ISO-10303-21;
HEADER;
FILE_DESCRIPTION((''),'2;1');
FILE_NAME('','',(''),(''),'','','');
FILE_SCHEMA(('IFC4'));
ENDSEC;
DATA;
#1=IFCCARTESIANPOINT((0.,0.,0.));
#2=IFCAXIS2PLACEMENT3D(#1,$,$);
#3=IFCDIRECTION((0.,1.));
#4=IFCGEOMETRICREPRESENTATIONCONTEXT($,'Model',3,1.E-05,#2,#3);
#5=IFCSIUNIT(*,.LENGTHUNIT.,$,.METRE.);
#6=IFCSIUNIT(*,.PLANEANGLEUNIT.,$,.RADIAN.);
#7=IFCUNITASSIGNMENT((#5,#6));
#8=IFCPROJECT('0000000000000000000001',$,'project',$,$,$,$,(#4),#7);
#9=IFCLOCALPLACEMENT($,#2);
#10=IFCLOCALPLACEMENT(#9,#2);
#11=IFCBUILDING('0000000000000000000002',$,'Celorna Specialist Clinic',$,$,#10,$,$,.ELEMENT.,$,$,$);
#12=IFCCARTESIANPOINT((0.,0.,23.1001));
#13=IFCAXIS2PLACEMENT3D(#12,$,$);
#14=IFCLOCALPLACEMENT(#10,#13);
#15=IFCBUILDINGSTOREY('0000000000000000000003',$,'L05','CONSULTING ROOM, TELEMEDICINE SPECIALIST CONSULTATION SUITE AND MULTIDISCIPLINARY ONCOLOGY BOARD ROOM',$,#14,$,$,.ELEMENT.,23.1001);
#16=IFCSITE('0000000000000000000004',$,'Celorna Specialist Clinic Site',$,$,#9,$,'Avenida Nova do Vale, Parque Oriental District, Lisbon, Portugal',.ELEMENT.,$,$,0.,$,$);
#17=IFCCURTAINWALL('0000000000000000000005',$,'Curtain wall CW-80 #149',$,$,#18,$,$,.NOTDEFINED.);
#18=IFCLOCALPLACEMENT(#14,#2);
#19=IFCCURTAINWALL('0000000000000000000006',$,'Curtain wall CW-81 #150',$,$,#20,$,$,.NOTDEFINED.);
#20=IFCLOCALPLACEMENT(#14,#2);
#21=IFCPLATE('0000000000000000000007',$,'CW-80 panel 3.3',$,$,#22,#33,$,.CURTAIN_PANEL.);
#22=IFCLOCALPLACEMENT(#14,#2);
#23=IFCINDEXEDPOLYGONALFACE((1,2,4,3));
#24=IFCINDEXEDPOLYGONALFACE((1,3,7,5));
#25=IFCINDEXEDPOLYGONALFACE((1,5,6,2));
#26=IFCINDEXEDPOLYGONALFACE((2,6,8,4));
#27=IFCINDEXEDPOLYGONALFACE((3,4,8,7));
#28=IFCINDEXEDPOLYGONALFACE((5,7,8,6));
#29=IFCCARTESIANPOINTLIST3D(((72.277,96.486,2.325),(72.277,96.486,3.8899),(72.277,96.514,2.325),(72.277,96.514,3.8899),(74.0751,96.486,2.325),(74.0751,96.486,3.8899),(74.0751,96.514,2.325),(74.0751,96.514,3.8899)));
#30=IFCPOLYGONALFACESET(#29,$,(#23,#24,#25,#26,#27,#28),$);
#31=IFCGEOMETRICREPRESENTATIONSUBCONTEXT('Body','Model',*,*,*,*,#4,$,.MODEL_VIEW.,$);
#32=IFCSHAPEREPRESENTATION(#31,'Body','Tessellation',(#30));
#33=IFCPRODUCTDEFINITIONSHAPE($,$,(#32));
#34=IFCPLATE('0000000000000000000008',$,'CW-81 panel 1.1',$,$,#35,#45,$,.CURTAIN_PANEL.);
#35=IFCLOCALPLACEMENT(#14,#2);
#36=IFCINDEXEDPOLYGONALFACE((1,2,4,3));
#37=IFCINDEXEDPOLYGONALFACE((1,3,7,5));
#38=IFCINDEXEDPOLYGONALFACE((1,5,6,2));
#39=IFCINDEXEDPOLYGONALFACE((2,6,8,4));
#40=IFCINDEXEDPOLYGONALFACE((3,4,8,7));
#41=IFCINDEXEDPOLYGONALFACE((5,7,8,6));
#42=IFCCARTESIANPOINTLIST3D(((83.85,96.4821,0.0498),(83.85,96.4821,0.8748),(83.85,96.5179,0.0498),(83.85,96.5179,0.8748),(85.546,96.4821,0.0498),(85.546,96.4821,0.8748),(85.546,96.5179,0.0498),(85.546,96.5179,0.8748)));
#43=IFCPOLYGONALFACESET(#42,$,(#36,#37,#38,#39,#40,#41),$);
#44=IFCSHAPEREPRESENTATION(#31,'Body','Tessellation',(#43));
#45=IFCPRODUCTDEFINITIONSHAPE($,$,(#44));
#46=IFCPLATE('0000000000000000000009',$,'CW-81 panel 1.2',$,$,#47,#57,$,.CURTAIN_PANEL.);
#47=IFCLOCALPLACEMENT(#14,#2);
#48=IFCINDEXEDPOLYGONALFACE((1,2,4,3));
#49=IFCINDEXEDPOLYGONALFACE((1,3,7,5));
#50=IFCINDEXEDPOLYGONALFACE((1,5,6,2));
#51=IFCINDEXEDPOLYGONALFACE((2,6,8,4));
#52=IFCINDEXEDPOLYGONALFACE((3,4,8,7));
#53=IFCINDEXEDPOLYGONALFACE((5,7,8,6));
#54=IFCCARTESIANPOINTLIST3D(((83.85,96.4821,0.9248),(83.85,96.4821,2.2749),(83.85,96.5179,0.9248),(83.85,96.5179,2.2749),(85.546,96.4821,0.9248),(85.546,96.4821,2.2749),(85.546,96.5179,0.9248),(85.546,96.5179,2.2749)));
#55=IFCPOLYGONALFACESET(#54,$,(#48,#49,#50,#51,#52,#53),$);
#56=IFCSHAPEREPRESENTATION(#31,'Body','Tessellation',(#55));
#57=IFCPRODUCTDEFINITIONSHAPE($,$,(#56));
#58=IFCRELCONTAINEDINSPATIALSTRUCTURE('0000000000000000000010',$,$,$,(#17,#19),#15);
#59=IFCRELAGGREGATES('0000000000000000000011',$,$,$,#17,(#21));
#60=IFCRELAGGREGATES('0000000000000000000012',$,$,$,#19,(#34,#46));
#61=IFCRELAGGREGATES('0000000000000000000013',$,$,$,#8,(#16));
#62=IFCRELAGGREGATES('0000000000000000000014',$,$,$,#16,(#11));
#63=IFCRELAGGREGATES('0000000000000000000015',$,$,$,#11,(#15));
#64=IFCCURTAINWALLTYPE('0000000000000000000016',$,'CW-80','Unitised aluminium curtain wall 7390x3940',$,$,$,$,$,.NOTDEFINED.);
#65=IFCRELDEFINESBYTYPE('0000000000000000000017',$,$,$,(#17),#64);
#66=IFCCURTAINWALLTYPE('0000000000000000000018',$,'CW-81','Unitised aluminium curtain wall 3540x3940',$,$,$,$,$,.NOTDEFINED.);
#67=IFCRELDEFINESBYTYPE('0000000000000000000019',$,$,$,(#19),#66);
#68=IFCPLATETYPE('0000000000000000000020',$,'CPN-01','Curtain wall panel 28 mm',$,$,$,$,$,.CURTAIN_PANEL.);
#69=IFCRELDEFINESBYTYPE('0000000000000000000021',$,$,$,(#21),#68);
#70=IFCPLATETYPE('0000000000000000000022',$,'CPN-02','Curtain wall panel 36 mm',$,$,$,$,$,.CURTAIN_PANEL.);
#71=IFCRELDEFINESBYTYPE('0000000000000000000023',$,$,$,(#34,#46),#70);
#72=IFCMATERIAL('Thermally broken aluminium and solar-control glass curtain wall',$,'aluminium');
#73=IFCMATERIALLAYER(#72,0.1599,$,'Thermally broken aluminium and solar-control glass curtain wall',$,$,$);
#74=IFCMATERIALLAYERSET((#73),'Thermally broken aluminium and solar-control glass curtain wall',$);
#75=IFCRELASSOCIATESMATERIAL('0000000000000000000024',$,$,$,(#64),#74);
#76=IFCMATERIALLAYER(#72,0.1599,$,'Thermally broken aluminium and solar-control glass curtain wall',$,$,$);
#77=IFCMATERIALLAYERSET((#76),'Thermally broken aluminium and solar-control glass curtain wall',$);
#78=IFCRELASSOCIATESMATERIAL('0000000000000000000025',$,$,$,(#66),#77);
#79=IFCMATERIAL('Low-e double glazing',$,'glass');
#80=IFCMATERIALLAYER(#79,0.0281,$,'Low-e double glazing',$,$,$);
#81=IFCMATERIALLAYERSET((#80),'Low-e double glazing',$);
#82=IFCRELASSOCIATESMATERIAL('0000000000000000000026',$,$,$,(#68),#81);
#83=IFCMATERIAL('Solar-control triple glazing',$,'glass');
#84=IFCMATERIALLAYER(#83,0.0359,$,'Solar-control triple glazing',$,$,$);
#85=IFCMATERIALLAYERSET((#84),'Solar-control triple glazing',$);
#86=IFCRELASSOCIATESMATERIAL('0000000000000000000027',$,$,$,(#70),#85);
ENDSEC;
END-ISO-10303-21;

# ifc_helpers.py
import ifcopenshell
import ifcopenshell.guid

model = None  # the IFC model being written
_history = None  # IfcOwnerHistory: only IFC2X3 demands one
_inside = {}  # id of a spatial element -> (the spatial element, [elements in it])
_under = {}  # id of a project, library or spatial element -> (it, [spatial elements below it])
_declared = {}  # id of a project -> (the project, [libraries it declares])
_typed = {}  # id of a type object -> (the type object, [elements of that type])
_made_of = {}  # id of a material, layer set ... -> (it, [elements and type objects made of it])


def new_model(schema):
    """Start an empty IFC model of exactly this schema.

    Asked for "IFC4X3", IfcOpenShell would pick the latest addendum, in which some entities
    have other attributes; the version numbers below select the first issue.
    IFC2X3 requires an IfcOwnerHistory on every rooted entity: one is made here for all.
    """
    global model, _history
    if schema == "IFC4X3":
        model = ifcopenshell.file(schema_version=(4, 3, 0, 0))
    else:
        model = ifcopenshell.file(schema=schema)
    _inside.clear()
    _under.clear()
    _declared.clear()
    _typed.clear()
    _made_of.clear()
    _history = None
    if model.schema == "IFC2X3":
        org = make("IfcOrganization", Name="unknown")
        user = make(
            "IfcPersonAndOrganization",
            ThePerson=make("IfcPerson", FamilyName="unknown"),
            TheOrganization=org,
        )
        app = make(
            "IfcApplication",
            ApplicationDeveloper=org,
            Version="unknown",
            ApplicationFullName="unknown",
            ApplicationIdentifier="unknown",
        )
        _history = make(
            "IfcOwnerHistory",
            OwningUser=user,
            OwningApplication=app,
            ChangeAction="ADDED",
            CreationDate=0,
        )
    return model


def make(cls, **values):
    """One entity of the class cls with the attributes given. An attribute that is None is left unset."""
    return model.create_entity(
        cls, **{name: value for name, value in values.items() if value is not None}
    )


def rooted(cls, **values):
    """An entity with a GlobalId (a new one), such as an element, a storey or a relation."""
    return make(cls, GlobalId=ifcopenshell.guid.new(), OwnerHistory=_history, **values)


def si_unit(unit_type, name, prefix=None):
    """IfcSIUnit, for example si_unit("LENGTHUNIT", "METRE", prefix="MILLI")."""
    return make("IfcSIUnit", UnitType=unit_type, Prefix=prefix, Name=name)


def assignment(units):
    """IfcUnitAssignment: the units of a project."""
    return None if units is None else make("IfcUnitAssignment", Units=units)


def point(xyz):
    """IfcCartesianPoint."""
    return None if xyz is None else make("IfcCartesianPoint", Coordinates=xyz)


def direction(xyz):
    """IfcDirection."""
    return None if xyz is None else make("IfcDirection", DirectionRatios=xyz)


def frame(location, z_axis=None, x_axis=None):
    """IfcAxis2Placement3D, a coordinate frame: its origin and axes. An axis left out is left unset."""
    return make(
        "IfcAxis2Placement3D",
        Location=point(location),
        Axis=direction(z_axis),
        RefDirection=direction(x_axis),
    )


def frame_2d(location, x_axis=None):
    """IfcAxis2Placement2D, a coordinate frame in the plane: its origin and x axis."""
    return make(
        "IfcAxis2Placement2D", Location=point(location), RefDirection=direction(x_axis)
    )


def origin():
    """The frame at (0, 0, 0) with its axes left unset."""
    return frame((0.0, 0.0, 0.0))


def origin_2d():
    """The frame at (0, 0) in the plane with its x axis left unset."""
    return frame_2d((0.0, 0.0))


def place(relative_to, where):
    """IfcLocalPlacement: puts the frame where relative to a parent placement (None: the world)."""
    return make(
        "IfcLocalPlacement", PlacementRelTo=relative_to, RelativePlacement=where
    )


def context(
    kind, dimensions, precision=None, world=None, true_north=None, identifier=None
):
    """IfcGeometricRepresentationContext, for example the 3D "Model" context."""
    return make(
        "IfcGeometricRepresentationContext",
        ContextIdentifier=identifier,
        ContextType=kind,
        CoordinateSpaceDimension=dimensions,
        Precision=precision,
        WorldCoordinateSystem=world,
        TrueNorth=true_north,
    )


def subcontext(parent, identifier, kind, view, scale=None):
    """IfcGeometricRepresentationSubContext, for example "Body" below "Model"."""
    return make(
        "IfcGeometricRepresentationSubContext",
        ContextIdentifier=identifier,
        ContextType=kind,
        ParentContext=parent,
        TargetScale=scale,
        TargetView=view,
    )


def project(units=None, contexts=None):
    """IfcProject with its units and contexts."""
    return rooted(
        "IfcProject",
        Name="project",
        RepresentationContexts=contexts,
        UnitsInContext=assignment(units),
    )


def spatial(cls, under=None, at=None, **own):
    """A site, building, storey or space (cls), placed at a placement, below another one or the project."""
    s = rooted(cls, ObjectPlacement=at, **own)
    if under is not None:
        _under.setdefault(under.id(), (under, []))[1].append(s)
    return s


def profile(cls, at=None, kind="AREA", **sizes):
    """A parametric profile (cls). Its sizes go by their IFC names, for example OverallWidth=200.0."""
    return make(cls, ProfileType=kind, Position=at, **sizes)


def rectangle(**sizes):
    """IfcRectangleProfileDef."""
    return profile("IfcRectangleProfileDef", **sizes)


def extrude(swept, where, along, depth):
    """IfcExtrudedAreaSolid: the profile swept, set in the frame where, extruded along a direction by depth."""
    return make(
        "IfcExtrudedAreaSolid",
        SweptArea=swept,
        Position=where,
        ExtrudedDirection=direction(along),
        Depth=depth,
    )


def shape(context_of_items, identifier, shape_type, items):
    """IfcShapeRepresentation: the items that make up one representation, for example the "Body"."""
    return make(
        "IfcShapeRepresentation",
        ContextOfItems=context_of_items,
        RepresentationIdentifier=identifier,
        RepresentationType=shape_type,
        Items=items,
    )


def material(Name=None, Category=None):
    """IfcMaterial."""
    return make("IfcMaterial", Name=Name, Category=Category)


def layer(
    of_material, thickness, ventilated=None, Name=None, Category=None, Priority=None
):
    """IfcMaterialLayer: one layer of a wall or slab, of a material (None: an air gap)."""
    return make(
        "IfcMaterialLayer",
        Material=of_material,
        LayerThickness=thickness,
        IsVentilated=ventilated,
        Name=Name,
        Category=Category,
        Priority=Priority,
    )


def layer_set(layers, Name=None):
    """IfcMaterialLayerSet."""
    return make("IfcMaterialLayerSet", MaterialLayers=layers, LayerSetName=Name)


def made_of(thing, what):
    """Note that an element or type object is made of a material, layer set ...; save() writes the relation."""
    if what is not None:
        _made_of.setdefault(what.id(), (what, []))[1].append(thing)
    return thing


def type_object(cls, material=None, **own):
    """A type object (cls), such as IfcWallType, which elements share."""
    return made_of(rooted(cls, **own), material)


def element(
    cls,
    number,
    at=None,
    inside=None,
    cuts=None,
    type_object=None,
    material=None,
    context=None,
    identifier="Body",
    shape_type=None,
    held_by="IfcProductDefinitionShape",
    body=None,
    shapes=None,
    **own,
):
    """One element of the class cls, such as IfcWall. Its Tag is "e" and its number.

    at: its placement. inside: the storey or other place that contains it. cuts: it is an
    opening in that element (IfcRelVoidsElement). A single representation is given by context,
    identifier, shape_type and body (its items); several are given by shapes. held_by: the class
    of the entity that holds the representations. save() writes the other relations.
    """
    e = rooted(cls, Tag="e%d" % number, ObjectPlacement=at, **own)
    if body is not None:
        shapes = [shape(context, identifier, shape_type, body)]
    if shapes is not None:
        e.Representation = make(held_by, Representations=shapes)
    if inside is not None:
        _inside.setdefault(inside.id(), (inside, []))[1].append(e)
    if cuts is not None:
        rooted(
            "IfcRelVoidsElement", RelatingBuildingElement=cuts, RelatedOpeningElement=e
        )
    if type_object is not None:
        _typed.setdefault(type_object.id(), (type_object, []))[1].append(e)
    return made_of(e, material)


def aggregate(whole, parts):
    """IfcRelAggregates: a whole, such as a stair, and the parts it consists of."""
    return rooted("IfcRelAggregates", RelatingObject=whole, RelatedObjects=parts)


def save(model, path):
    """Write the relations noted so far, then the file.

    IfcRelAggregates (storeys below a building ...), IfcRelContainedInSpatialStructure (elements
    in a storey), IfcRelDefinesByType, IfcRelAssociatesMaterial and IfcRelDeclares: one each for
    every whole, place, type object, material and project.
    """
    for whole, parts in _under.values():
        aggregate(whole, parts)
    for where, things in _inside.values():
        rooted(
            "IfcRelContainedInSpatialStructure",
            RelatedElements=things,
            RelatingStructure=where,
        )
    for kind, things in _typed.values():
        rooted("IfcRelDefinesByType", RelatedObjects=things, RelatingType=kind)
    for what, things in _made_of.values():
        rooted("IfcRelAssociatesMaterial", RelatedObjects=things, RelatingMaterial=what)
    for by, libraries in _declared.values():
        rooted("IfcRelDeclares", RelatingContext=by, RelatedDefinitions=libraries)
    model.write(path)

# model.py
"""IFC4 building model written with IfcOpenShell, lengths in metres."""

from ifc_helpers import new_model, si_unit, direction, frame, origin, origin_2d, place, context, subcontext, project, spatial, rectangle, extrude, material, layer, layer_set, type_object, element, aggregate, save


model = new_model("IFC4")

# Units and contexts
model_context = context("Model", 3, precision=1e-05, world=origin(), true_north=direction((0.0, 1.0)))
body_context = subcontext(model_context, "Body", "Model", "MODEL_VIEW")
ifc_project = project(units=[si_unit("LENGTHUNIT", "METRE"), si_unit("PLANEANGLEUNIT", "RADIAN")], contexts=[model_context])

# Site, building, storey
site_placement = place(None, origin())
site = spatial("IfcSite", under=ifc_project, at=site_placement, Name="Celorna Specialist Clinic Site", LongName="Avenida Nova do Vale, Parque Oriental District, Lisbon, Portugal", CompositionType="ELEMENT", RefElevation=0.0)
building_placement = place(site_placement, origin())
building = spatial("IfcBuilding", under=site, at=building_placement, Name="Celorna Specialist Clinic", CompositionType="ELEMENT")
storey_placement = place(building_placement, frame((0.0, 0.0, 23.1001)))
storey = spatial("IfcBuildingStorey", under=building, at=storey_placement, Name="L05", Description="CONSULTING ROOM, TELEMEDICINE SPECIALIST CONSULTATION SUITE AND MULTIDISCIPLINARY ONCOLOGY BOARD ROOM", CompositionType="ELEMENT", Elevation=23.1001)

# Curtain walls
ifc_material_1 = material(Name="Thermally broken aluminium and solar-control glass curtain wall", Category="aluminium")
ifc_layer_1 = layer(ifc_material_1, 0.1599, Name="Thermally broken aluminium and solar-control glass curtain wall")
ifc_layer_set_1 = layer_set([ifc_layer_1], Name="Thermally broken aluminium and solar-control glass curtain wall")
curtain_wall_type_1 = type_object("IfcCurtainWallType", Name="CW-80", Description="Unitised aluminium curtain wall 7390x3940", PredefinedType="NOTDEFINED", material=ifc_layer_set_1)
curtain_wall_1_placement = place(storey_placement, origin())
curtain_wall_1 = element("IfcCurtainWall", 1, at=curtain_wall_1_placement, inside=storey, type_object=curtain_wall_type_1, Name="Curtain wall CW-80 #149", PredefinedType="NOTDEFINED")
ifc_layer_2 = layer(ifc_material_1, 0.1599, Name="Thermally broken aluminium and solar-control glass curtain wall")
ifc_layer_set_2 = layer_set([ifc_layer_2], Name="Thermally broken aluminium and solar-control glass curtain wall")
curtain_wall_type_2 = type_object("IfcCurtainWallType", Name="CW-81", Description="Unitised aluminium curtain wall 3540x3940", PredefinedType="NOTDEFINED", material=ifc_layer_set_2)
curtain_wall_2_placement = place(storey_placement, origin())
curtain_wall_2 = element("IfcCurtainWall", 2, at=curtain_wall_2_placement, inside=storey, type_object=curtain_wall_type_2, Name="Curtain wall CW-81 #150", PredefinedType="NOTDEFINED")

# Plates
ifc_material_2 = material(Name="Low-e double glazing", Category="glass")
ifc_layer_3 = layer(ifc_material_2, 0.0281, Name="Low-e double glazing")
ifc_layer_set_3 = layer_set([ifc_layer_3], Name="Low-e double glazing")
plate_type_1 = type_object("IfcPlateType", Name="CPN-01", Description="Curtain wall panel 28 mm", PredefinedType="CURTAIN_PANEL", material=ifc_layer_set_3)
plate_1_placement = place(storey_placement, frame((73.176, 96.5, 2.325), z_axis=(0.0, 0.0, 1.0), x_axis=(-1.0, 0.0, 0.0)))
plate_1 = element("IfcPlate", 3, at=plate_1_placement, type_object=plate_type_1, Name="CW-80 panel 3.3", PredefinedType="CURTAIN_PANEL", context=body_context, shape_type="SweptSolid", body=[
    extrude(rectangle(XDim=1.7981, YDim=0.0281, at=origin_2d()), origin(), (0.0, 0.0, 1.0), 1.5649),
])
aggregate(curtain_wall_1, [plate_1])
ifc_material_3 = material(Name="Solar-control triple glazing", Category="glass")
ifc_layer_4 = layer(ifc_material_3, 0.0359, Name="Solar-control triple glazing")
ifc_layer_set_4 = layer_set([ifc_layer_4], Name="Solar-control triple glazing")
plate_type_2 = type_object("IfcPlateType", Name="CPN-02", Description="Curtain wall panel 36 mm", PredefinedType="CURTAIN_PANEL", material=ifc_layer_set_4)
plate_2_placement = place(storey_placement, frame((84.698, 96.5, 0.0498), z_axis=(0.0, 0.0, 1.0), x_axis=(-1.0, 0.0, 0.0)))
plate_2 = element("IfcPlate", 4, at=plate_2_placement, type_object=plate_type_2, Name="CW-81 panel 1.1", PredefinedType="CURTAIN_PANEL", context=body_context, shape_type="SweptSolid", body=[
    extrude(rectangle(XDim=1.696, YDim=0.0359, at=origin_2d()), origin(), (0.0, 0.0, 1.0), 0.825),
])
plate_3_placement = place(storey_placement, frame((84.698, 96.5, 0.9248), z_axis=(0.0, 0.0, 1.0), x_axis=(-1.0, 0.0, 0.0)))
plate_3 = element("IfcPlate", 5, at=plate_3_placement, type_object=plate_type_2, Name="CW-81 panel 1.2", PredefinedType="CURTAIN_PANEL", context=body_context, shape_type="SweptSolid", body=[
    extrude(rectangle(XDim=1.696, YDim=0.0359, at=origin_2d()), origin(), (0.0, 0.0, 1.0), 1.3501),
])
aggregate(curtain_wall_2, [plate_2, plate_3])

save(model, "model.ifc")
